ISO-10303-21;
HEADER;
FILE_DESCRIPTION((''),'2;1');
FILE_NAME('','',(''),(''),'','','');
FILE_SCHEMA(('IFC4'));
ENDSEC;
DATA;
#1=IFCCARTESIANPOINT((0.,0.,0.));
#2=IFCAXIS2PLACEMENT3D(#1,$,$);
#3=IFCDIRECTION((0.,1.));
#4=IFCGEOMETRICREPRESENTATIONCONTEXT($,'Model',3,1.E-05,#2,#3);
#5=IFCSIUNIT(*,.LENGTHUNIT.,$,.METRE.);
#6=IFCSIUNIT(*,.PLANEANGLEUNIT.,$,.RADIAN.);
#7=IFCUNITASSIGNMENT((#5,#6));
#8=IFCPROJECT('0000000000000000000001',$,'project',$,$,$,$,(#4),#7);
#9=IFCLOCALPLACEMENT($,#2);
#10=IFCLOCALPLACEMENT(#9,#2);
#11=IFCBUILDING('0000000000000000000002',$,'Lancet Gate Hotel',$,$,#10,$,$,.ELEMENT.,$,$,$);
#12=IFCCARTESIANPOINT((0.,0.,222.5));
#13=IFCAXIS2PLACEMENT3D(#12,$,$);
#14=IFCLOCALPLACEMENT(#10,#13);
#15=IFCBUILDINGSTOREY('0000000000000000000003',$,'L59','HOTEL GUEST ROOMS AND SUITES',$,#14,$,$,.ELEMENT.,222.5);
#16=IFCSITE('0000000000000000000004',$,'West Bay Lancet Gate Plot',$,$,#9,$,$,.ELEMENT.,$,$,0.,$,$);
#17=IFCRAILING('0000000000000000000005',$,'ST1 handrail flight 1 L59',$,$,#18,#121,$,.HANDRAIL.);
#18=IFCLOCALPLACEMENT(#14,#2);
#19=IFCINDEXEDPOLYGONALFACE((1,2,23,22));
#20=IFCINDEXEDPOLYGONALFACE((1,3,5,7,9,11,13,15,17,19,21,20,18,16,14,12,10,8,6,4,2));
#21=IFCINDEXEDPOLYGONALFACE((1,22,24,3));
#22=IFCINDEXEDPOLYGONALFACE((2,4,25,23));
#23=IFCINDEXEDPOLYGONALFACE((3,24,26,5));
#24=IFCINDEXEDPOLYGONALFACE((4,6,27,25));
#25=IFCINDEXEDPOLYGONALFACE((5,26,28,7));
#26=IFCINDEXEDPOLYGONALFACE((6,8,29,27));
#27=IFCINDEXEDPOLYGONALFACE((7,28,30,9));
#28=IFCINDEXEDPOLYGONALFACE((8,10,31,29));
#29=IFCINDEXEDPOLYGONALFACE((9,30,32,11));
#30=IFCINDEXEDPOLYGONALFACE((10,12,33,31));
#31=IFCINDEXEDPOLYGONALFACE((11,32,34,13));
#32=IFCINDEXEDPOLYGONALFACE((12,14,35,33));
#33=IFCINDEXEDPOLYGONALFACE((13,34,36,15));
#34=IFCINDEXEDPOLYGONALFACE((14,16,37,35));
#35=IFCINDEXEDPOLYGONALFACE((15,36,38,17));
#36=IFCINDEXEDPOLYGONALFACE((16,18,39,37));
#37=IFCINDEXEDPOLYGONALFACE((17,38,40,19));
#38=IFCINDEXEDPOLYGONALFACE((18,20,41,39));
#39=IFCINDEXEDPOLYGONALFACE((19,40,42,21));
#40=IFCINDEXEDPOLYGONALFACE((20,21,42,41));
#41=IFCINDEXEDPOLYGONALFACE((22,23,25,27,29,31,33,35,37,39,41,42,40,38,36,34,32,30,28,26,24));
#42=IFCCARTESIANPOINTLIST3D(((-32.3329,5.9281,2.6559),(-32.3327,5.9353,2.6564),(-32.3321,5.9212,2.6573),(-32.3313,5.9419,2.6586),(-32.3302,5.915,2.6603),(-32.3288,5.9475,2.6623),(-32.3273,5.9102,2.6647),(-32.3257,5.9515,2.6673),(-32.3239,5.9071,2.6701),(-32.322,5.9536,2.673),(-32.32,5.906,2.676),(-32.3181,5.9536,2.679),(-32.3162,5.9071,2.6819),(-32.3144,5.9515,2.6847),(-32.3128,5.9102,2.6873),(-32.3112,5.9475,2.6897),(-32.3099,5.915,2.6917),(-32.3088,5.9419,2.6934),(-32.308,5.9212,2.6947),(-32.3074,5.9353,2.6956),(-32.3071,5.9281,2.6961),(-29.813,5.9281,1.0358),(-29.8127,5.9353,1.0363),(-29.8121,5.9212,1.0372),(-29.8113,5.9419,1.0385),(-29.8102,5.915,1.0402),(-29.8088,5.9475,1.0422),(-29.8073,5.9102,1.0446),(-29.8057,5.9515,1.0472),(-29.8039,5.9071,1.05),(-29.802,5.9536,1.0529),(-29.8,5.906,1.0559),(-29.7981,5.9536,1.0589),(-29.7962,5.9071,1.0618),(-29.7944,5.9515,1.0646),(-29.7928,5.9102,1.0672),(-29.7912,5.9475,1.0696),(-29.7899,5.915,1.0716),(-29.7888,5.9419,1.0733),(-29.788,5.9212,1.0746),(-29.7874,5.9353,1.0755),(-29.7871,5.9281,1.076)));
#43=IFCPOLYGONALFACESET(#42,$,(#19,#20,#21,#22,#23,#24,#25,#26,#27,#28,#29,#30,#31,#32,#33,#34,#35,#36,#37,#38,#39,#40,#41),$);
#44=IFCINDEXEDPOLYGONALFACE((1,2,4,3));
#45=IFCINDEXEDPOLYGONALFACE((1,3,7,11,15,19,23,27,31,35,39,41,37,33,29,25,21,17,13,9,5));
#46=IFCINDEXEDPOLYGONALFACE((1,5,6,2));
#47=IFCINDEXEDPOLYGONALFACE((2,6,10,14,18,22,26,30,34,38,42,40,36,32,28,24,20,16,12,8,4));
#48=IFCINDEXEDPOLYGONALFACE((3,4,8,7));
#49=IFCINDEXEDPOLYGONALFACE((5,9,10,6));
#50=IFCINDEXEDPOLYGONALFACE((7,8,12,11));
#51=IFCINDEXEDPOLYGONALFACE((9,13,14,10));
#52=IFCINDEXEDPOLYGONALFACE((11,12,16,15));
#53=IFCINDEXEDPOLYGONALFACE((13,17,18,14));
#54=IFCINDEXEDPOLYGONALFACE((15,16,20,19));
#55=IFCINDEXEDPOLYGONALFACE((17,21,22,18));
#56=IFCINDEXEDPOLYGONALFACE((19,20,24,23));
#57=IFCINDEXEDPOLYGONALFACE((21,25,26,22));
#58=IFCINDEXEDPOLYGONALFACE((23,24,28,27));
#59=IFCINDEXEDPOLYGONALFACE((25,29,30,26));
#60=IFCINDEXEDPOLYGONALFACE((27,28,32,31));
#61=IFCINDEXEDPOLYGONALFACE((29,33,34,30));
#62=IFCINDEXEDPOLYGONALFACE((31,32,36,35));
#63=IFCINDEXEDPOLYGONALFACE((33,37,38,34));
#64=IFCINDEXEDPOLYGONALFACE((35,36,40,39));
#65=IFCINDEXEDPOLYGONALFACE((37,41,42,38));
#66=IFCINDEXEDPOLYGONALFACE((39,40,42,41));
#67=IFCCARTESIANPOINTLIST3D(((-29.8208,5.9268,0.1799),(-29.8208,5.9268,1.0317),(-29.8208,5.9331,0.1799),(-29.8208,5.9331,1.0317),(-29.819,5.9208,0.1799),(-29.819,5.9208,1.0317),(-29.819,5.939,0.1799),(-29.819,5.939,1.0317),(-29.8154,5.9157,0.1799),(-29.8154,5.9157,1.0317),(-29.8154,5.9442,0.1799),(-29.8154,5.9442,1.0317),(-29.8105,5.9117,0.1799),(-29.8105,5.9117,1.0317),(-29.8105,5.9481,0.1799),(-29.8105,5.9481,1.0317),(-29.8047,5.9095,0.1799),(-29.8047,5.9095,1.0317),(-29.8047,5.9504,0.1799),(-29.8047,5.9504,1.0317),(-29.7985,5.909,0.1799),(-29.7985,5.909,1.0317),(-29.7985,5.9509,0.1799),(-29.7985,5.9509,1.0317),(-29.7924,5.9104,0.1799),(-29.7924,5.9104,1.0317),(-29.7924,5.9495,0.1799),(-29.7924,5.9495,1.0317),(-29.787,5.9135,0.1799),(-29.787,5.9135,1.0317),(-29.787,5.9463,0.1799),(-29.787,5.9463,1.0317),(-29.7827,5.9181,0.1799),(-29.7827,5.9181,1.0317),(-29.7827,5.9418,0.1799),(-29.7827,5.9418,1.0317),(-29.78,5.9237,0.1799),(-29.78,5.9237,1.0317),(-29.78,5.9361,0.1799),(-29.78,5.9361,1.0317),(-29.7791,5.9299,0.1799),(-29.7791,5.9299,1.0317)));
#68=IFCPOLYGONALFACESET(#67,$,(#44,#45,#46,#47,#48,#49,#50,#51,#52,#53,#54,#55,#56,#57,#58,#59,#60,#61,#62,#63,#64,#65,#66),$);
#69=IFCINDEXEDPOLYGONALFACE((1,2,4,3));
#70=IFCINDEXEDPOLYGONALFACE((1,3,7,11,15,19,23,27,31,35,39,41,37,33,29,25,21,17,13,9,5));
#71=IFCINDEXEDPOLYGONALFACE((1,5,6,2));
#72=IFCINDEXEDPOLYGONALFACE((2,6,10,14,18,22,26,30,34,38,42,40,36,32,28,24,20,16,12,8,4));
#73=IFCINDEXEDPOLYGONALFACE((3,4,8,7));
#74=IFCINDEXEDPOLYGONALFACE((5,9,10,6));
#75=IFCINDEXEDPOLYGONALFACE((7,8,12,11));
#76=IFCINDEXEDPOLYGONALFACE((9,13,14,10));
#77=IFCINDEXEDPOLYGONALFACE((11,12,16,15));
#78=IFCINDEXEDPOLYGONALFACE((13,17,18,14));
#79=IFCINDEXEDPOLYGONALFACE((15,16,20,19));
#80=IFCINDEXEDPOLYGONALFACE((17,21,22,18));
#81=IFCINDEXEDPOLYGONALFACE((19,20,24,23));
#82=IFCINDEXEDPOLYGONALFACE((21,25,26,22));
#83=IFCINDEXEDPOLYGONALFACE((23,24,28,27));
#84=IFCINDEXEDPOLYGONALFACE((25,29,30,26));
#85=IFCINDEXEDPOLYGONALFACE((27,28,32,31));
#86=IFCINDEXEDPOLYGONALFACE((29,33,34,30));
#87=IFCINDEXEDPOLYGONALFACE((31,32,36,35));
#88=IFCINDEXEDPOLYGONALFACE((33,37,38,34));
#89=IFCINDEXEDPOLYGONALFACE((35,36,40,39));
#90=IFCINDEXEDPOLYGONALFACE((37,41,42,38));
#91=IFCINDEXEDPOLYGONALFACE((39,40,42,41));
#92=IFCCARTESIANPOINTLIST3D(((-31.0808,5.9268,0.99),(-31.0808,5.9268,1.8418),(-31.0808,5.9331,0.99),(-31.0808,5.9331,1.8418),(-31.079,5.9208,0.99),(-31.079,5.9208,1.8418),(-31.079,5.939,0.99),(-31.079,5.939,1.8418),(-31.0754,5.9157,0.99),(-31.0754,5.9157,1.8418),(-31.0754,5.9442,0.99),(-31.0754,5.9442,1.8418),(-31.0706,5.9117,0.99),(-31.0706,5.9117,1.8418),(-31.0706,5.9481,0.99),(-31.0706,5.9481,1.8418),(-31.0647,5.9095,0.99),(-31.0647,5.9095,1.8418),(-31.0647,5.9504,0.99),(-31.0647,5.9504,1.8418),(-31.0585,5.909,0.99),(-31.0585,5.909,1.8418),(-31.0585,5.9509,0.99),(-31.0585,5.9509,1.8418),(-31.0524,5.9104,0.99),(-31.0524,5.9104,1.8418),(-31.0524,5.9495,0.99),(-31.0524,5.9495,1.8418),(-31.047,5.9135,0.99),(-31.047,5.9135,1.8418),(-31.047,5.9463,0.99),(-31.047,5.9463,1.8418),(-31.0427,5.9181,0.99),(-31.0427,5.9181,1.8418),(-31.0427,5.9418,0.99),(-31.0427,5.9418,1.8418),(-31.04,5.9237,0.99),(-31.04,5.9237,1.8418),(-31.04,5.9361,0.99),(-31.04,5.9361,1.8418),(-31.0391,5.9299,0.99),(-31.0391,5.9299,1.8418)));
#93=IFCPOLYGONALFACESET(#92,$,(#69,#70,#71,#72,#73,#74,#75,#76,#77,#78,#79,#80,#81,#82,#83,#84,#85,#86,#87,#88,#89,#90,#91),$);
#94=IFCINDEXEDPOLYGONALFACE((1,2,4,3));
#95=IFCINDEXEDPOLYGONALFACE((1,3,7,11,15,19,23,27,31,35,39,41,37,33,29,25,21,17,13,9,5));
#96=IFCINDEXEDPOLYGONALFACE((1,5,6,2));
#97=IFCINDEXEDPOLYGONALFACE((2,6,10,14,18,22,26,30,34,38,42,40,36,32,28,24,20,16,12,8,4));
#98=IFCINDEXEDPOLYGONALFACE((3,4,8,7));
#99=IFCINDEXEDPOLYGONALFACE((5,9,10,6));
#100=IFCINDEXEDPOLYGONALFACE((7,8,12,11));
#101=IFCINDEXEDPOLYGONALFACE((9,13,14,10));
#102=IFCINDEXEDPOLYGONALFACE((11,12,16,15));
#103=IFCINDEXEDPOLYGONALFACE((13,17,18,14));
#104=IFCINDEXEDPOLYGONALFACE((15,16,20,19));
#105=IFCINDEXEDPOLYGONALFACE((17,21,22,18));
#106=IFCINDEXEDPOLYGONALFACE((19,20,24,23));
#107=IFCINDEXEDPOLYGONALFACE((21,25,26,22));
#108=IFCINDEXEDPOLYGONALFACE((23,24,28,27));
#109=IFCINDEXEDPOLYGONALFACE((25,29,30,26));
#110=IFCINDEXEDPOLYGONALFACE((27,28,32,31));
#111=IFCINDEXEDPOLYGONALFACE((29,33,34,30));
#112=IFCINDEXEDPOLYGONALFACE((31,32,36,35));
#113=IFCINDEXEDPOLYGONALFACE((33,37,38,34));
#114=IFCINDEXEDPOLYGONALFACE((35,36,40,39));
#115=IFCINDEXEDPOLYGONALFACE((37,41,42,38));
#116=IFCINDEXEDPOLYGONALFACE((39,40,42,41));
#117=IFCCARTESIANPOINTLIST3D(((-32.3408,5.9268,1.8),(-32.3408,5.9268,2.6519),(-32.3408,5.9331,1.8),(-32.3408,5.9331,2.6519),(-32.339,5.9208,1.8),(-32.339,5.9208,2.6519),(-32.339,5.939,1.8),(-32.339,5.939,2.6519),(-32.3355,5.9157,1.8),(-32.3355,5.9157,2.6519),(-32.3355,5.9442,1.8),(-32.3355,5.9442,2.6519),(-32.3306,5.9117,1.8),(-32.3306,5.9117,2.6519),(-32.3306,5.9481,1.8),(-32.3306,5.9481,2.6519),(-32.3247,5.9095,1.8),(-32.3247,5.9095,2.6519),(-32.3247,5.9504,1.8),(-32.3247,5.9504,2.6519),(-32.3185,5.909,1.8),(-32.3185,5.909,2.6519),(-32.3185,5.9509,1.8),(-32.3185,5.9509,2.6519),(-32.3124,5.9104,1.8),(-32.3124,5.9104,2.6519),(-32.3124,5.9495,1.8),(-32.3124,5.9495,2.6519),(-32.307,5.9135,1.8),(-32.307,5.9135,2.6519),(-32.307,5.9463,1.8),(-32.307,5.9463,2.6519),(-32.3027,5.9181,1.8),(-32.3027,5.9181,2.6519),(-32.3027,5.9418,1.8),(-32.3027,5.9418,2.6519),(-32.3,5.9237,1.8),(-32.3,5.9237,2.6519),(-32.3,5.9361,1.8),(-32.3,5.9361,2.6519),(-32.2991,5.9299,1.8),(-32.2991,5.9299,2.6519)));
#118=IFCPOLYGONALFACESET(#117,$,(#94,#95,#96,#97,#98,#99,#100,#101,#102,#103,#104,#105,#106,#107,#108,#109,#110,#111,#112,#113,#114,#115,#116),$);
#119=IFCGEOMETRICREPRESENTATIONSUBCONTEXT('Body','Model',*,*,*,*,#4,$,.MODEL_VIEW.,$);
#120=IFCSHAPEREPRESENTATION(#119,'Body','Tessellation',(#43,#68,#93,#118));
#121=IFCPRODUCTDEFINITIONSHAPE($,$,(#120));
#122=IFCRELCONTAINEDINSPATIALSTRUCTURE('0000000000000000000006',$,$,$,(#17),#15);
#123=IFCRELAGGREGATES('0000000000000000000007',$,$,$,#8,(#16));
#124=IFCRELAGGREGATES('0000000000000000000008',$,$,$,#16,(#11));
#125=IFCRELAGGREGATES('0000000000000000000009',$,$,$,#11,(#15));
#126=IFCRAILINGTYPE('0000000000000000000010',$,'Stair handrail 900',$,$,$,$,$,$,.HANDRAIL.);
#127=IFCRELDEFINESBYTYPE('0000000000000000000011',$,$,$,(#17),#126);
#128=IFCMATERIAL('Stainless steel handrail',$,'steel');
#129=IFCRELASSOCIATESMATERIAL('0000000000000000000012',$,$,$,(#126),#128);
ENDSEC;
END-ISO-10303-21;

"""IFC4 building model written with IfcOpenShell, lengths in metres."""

from ifc_helpers import new_model, si_unit, direction, frame, origin, origin_2d, place, context, subcontext, project, spatial, circle, extrude, material, type_object, element, save


model = new_model("IFC4")

# Units and contexts
model_context = context("Model", 3, precision=1e-05, world=origin(), true_north=direction((0.0, 1.0)))
body_context = subcontext(model_context, "Body", "Model", "MODEL_VIEW")
ifc_project = project(units=[si_unit("LENGTHUNIT", "METRE"), si_unit("PLANEANGLEUNIT", "RADIAN")], contexts=[model_context])

# Site, building, storey
site_placement = place(None, origin())
site = spatial("IfcSite", under=ifc_project, at=site_placement, Name="West Bay Lancet Gate Plot", CompositionType="ELEMENT", RefElevation=0.0)
building_placement = place(site_placement, origin())
building = spatial("IfcBuilding", under=site, at=building_placement, Name="Lancet Gate Hotel", CompositionType="ELEMENT")
storey_placement = place(building_placement, frame((0.0, 0.0, 222.5)))
storey = spatial("IfcBuildingStorey", under=building, at=storey_placement, Name="L59", Description="HOTEL GUEST ROOMS AND SUITES", CompositionType="ELEMENT", Elevation=222.5)

# Railing
ifc_material_1 = material(Name="Stainless steel handrail", Category="steel")
railing_type = type_object("IfcRailingType", Name="Stair handrail 900", PredefinedType="HANDRAIL", material=ifc_material_1)
railing_1_placement = place(storey_placement, frame((-29.8, 5.9299, 0.1799)))
element("IfcRailing", 1, at=railing_1_placement, inside=storey, type_object=railing_type, Name="ST1 handrail flight 1 L59", PredefinedType="HANDRAIL", context=body_context, shape_type="SweptSolid", body=[
    extrude(circle(Radius=0.0239, at=origin_2d()), frame((0.0, 0.0, 0.876), z_axis=(-0.841163, 0.0, 0.540782), x_axis=(0.0, -1.0, 0.0)), (0.0, 0.0, 1.0), 2.9958),
    extrude(circle(Radius=0.021, at=origin_2d()), origin(), (0.0, 0.0, 1.0), 0.8518),
    extrude(circle(Radius=0.021, at=origin_2d()), frame((-1.26, 0.0, 0.8101)), (0.0, 0.0, 1.0), 0.8518),
    extrude(circle(Radius=0.021, at=origin_2d()), frame((-2.52, 0.0, 1.6201)), (0.0, 0.0, 1.0), 0.8518),
])

save(model, "model.ifc")
